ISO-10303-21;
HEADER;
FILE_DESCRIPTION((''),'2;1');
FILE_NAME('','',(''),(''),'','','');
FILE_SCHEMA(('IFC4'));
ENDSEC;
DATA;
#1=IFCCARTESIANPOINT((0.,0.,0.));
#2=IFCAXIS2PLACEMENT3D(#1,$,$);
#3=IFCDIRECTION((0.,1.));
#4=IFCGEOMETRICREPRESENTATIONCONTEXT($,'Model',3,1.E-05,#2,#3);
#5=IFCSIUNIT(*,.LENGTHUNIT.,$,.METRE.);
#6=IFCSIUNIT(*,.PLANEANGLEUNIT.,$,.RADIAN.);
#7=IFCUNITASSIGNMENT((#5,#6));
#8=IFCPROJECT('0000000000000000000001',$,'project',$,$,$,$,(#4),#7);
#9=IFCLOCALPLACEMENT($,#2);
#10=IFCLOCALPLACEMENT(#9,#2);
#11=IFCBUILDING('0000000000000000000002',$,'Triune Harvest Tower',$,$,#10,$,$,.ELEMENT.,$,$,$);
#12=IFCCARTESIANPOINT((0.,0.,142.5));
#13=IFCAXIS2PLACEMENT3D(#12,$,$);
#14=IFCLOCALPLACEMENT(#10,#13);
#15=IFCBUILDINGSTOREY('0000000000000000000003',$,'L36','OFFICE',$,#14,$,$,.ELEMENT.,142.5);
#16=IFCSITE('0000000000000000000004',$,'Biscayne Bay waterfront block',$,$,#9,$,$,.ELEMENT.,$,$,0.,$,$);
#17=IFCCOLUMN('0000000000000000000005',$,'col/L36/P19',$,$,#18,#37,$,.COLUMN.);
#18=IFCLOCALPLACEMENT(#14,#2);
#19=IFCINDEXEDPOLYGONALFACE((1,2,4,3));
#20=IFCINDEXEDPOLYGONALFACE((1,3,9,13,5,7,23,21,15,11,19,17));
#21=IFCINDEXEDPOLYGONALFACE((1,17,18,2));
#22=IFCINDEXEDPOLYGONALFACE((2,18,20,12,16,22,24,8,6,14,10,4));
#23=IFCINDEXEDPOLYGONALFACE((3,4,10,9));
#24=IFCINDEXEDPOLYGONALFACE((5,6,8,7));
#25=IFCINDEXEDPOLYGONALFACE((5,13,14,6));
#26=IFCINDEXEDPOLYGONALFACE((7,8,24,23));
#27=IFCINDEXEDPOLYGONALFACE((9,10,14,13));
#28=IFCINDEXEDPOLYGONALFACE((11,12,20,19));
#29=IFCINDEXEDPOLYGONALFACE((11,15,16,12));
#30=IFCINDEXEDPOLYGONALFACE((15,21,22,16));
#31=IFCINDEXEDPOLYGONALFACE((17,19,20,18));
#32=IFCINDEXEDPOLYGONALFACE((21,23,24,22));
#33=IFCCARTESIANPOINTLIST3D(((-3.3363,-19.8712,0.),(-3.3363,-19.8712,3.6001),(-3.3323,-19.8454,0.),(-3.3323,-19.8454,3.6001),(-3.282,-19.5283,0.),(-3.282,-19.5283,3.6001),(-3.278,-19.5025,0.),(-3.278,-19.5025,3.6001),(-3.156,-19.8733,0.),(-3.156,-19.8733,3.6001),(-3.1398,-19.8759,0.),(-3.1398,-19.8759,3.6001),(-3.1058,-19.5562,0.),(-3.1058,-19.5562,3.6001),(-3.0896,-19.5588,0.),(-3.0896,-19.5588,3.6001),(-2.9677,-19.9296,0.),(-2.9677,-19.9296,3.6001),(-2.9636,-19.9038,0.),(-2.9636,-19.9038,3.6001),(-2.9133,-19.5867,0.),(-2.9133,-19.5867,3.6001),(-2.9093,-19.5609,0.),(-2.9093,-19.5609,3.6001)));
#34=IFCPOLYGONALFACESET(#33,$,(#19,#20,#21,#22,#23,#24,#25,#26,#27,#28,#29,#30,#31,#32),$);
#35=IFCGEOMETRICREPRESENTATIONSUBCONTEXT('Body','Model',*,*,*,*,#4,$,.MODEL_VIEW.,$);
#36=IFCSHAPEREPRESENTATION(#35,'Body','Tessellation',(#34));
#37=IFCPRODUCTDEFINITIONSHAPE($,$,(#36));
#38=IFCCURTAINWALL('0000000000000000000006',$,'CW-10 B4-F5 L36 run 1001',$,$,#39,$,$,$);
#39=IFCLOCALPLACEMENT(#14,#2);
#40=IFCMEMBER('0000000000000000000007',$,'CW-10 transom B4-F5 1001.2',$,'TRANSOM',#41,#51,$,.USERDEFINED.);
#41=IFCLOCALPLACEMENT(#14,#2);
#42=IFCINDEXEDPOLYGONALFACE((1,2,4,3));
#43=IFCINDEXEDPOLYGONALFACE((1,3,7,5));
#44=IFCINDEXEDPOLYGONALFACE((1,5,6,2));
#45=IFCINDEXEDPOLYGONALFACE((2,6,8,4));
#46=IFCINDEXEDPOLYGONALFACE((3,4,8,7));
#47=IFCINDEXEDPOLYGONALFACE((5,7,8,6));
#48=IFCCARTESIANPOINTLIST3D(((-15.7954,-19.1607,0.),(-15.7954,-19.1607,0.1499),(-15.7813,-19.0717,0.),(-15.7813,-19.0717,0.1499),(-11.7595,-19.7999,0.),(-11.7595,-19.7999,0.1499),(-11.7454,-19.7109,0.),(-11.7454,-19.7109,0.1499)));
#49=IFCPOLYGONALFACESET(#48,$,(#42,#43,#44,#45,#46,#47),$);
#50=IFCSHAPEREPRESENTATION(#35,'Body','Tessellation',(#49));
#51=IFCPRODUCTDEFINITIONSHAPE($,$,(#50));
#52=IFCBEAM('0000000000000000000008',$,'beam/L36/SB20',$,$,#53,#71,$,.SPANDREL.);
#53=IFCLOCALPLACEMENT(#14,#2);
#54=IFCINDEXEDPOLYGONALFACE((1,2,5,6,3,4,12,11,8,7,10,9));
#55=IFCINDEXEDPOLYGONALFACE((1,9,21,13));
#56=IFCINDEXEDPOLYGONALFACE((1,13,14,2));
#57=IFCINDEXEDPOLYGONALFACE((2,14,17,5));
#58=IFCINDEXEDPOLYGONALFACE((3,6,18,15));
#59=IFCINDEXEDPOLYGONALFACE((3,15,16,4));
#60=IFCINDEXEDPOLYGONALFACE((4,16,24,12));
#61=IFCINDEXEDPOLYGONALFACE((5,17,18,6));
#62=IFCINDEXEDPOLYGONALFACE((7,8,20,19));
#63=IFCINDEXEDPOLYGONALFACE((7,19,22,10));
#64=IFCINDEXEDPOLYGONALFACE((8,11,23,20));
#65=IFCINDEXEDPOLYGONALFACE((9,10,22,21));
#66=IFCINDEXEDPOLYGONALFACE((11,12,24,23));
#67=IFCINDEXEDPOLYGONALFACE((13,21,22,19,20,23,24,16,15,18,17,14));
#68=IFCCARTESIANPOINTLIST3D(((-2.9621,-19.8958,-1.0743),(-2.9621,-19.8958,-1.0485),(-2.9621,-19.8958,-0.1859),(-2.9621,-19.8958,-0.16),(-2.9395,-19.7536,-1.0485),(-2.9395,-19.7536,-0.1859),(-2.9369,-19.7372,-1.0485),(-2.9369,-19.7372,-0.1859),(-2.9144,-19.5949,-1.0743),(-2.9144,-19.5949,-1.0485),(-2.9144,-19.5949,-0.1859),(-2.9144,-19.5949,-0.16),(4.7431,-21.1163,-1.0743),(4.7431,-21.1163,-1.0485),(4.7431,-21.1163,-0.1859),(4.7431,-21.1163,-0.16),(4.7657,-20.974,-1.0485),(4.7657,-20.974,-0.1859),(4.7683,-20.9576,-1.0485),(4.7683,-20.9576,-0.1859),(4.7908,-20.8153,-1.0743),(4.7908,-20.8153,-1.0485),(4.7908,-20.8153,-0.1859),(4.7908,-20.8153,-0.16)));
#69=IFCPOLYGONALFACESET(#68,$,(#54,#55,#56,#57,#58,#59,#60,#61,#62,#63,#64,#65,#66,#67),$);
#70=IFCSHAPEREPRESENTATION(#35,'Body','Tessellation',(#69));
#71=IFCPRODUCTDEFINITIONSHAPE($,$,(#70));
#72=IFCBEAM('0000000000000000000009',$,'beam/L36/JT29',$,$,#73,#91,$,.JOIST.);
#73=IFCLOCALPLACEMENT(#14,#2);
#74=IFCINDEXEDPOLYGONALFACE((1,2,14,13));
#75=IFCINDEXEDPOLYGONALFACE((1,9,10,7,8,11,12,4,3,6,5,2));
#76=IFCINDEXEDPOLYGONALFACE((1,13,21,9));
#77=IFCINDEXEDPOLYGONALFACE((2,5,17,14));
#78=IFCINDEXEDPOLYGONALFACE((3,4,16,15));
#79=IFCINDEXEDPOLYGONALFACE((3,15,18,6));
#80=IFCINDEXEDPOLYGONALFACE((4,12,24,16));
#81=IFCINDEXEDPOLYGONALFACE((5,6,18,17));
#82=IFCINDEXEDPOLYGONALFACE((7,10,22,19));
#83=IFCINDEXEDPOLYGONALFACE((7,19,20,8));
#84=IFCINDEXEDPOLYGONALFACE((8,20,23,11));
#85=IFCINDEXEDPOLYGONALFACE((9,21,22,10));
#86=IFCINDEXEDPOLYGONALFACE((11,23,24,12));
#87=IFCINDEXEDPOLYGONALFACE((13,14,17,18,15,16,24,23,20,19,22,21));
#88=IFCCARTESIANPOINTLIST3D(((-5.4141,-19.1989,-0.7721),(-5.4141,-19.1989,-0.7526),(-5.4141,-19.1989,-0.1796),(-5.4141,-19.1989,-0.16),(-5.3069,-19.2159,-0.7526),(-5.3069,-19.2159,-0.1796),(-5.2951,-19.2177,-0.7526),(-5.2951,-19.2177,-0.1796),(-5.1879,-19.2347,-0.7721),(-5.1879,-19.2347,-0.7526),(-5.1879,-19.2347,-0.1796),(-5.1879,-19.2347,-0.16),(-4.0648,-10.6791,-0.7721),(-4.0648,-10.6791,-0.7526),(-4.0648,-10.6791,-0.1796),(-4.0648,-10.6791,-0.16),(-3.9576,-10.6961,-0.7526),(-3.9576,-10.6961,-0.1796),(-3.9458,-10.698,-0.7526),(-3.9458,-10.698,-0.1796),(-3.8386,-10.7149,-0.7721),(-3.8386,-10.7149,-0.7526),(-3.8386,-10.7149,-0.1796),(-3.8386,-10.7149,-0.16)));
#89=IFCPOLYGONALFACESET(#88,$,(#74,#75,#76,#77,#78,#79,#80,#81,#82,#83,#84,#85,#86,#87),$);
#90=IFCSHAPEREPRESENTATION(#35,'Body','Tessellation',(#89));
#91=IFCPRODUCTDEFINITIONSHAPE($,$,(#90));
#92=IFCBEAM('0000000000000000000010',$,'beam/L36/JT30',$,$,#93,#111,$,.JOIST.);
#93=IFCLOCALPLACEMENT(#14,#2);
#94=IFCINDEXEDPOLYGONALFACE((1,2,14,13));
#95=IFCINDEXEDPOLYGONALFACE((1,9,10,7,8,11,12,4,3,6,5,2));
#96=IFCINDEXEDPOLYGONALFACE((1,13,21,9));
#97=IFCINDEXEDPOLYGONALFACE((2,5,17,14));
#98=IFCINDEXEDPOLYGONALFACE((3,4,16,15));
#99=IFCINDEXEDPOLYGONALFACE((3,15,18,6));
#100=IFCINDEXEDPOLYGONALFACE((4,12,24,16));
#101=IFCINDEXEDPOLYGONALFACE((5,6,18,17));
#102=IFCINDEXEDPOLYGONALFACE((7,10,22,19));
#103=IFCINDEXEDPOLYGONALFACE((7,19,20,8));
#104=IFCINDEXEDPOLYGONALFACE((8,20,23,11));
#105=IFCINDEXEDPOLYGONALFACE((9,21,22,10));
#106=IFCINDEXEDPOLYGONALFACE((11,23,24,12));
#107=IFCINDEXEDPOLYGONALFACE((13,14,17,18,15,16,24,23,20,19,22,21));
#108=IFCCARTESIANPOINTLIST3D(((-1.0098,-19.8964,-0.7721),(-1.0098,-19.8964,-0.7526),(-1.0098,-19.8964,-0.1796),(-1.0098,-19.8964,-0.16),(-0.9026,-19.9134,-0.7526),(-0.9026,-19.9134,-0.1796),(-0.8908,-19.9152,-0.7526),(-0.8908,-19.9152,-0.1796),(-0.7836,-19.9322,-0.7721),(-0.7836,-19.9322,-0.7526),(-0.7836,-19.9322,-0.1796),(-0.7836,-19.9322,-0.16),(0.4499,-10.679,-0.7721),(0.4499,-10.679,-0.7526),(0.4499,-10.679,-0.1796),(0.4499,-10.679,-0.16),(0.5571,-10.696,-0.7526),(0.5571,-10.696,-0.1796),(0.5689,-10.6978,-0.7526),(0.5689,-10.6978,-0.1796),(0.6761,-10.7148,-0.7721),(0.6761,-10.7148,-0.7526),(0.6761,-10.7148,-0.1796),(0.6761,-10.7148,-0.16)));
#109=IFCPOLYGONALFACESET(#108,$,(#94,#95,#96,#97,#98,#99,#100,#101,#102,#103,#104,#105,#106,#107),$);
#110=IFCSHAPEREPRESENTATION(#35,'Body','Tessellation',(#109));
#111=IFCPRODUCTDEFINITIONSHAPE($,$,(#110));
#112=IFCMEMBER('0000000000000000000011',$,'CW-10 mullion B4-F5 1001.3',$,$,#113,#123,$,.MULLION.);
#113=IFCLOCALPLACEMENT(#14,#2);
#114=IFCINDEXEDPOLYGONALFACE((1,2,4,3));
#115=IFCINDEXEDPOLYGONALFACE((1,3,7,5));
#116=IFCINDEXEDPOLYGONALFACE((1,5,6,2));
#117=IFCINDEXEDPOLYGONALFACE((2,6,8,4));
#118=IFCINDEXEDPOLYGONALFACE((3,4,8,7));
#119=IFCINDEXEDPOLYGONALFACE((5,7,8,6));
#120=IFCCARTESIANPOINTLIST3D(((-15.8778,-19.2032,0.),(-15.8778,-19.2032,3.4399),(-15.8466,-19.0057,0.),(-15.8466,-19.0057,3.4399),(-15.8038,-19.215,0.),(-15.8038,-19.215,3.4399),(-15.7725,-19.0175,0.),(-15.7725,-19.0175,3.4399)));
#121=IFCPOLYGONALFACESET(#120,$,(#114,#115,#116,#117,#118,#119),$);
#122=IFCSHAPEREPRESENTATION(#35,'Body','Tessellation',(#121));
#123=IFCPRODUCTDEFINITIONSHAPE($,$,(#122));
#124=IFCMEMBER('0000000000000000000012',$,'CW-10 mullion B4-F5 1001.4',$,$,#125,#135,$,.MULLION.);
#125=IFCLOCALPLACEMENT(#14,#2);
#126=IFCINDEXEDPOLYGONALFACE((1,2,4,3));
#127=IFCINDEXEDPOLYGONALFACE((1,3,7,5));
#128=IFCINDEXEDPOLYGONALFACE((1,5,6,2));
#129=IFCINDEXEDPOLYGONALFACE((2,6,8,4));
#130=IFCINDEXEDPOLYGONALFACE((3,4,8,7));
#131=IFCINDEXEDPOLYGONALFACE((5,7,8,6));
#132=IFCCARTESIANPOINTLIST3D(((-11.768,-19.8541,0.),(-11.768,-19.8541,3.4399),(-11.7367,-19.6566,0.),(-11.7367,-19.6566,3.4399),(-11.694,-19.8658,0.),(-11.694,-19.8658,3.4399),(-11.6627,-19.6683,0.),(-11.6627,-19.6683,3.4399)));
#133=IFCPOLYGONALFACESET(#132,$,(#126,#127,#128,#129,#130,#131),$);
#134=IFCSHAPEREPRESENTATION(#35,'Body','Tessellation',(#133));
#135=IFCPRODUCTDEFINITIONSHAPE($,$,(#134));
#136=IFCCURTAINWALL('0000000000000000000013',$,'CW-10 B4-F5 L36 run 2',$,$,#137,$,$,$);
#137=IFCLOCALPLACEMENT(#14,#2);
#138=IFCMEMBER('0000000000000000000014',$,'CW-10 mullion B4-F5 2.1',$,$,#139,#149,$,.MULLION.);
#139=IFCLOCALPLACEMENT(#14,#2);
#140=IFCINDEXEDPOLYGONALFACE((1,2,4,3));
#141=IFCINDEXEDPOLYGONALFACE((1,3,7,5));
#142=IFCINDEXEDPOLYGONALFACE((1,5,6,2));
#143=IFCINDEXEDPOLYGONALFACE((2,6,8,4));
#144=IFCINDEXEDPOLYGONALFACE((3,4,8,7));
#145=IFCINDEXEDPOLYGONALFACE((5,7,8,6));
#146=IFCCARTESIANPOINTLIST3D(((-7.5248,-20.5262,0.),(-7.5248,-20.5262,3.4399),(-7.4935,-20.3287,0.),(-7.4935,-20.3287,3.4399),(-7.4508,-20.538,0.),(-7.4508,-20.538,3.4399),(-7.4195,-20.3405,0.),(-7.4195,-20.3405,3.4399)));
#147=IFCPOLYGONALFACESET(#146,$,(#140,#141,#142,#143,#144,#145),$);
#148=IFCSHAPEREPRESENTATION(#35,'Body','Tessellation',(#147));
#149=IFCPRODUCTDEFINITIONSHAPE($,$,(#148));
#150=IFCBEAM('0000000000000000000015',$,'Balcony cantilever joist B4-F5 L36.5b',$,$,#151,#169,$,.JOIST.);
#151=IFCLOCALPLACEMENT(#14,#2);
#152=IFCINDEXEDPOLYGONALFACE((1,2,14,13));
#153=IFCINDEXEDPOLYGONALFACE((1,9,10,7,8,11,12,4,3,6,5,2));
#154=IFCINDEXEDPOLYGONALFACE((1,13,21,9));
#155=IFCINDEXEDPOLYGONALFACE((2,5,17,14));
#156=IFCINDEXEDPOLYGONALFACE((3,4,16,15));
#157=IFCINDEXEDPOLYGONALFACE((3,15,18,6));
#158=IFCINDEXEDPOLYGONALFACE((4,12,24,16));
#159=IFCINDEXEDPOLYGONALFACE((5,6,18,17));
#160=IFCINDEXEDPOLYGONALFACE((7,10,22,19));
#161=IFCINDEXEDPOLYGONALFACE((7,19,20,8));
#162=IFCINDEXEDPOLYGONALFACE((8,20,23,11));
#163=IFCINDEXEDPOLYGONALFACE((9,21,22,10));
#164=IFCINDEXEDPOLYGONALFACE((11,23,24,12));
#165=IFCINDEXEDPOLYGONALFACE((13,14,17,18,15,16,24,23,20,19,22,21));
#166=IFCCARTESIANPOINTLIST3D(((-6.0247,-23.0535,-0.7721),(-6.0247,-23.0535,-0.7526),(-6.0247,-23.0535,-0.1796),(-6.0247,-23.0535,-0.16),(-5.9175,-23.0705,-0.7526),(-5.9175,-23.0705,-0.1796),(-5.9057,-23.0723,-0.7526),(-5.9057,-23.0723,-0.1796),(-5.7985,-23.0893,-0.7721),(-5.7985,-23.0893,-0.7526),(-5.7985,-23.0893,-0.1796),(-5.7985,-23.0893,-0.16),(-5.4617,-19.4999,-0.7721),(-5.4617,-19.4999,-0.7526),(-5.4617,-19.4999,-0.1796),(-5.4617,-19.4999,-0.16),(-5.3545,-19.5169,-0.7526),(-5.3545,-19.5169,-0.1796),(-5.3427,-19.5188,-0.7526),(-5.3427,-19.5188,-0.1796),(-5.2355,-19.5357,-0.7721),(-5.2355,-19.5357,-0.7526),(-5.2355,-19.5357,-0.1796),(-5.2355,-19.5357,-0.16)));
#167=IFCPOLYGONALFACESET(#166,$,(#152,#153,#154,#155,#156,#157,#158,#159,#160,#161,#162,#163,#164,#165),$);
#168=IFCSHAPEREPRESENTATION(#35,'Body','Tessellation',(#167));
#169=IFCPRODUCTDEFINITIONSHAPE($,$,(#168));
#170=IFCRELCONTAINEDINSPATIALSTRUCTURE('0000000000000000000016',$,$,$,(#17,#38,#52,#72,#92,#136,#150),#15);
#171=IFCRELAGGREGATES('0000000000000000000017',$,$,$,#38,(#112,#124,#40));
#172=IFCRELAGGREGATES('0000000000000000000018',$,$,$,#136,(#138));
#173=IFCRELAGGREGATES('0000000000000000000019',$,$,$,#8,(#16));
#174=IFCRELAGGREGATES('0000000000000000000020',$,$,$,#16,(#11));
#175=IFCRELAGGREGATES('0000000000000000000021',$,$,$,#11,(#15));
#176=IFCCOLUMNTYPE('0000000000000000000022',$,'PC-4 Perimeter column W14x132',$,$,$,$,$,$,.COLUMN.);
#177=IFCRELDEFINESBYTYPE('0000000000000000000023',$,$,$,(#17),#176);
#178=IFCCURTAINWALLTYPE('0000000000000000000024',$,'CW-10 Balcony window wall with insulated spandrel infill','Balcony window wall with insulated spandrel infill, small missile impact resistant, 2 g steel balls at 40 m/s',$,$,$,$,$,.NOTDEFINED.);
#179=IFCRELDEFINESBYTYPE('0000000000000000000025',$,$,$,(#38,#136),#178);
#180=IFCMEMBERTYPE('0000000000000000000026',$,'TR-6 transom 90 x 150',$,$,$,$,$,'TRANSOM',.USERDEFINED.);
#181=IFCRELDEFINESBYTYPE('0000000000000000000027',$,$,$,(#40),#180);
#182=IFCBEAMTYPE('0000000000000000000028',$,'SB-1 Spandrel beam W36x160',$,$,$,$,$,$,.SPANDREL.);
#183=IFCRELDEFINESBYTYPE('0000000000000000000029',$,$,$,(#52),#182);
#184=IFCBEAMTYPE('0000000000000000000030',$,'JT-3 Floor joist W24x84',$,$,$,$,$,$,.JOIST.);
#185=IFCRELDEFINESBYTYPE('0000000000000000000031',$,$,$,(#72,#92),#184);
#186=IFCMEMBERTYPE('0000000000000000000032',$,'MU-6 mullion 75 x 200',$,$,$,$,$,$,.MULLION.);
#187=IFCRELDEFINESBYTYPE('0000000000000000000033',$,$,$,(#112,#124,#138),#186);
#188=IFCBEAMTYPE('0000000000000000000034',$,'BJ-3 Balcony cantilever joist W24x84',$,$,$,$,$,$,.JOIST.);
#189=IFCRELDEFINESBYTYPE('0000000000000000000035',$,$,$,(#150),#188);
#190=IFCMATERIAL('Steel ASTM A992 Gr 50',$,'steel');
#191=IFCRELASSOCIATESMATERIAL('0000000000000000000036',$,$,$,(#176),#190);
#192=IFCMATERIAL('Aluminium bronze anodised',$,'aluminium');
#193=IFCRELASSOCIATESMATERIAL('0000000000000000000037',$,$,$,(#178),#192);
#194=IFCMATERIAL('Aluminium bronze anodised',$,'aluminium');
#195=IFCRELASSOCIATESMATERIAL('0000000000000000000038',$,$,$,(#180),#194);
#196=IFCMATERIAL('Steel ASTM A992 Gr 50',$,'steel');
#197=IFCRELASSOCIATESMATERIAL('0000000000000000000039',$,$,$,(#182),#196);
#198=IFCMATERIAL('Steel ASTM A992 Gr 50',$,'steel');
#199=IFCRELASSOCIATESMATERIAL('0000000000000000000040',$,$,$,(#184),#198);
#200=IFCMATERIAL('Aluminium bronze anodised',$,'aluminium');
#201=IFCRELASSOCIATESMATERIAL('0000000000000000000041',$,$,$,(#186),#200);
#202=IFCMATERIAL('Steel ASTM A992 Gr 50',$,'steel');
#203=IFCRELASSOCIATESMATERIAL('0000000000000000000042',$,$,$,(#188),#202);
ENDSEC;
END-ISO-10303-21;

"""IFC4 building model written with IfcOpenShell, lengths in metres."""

from ifc_helpers import new_model, si_unit, direction, frame, origin, origin_2d, place, context, subcontext, project, spatial, rectangle, i_section, extrude, source, transform, mapped, material, material_profile, profile_set, type_object, element, aggregate, save


model = new_model("IFC4")

# Units and contexts
model_context = context("Model", 3, precision=1e-05, world=origin(), true_north=direction((0.0, 1.0)))
body_context = subcontext(model_context, "Body", "Model", "MODEL_VIEW")
ifc_project = project(units=[si_unit("LENGTHUNIT", "METRE"), si_unit("PLANEANGLEUNIT", "RADIAN")], contexts=[model_context])

# Site, building, storey
site_placement = place(None, origin())
site = spatial("IfcSite", under=ifc_project, at=site_placement, Name="Biscayne Bay waterfront block", CompositionType="ELEMENT", RefElevation=0.0)
building_placement = place(site_placement, origin())
building = spatial("IfcBuilding", under=site, at=building_placement, Name="Triune Harvest Tower", CompositionType="ELEMENT")
storey_placement = place(building_placement, frame((0.0, 0.0, 142.5)))
storey = spatial("IfcBuildingStorey", under=building, at=storey_placement, Name="L36", Description="OFFICE", CompositionType="ELEMENT", Elevation=142.5)

# Column
ifc_material_1 = material(Name="Steel ASTM A992 Gr 50", Category="steel")
ifc_material_profile_1 = material_profile(ifc_material_1, i_section(OverallWidth=0.3733, OverallDepth=0.3733, WebThickness=0.0164, FlangeThickness=0.0261, at=origin_2d()), Name="W14x132")
ifc_profile_set_1 = profile_set([ifc_material_profile_1], Name="Steel ASTM A992 Gr 50")
column_type = type_object("IfcColumnType", Name="PC-4 Perimeter column W14x132", PredefinedType="COLUMN", material=ifc_profile_set_1)
shared_shape_1 = source(origin(), body_context, "Body", "SweptSolid", [
    extrude(i_section(OverallWidth=0.3733, OverallDepth=0.3733, WebThickness=0.0164, FlangeThickness=0.0261, at=origin_2d()), origin(), (0.0, 0.0, 1.0), 3.6001),
])
column_placement = place(storey_placement, frame((-3.1228, -19.7161, 0.0), z_axis=(0.0, 0.0, 1.0), x_axis=(0.987688, -0.156434, 0.0)))
element("IfcColumn", 1, at=column_placement, inside=storey, type_object=column_type, Name="col/L36/P19", PredefinedType="COLUMN", context=body_context, shape_type="MappedRepresentation", body=[
    mapped(shared_shape_1, transform((0.0, 0.0, 0.0), scale=1.0)),
])

# Curtain wall, member
ifc_material_2 = material(Name="Aluminium bronze anodised", Category="aluminium")
curtain_wall_type = type_object("IfcCurtainWallType", Name="CW-10 Balcony window wall with insulated spandrel infill", Description="Balcony window wall with insulated spandrel infill, small missile impact resistant, 2 g steel balls at 40 m/s", PredefinedType="NOTDEFINED", material=ifc_material_2)
curtain_wall_1_placement = place(storey_placement, origin())
curtain_wall_1 = element("IfcCurtainWall", 2, at=curtain_wall_1_placement, inside=storey, type_object=curtain_wall_type, Name="CW-10 B4-F5 L36 run 1001")
ifc_material_3 = material(Name="Aluminium bronze anodised", Category="aluminium")
ifc_material_profile_2 = material_profile(ifc_material_3, rectangle(XDim=0.0901, YDim=0.1499, at=origin_2d()), Name="TR-6 transom 90 x 150")
ifc_profile_set_2 = profile_set([ifc_material_profile_2], Name="Aluminium bronze anodised")
member_type_1 = type_object("IfcMemberType", Name="TR-6 transom 90 x 150", ElementType="TRANSOM", PredefinedType="USERDEFINED", material=ifc_profile_set_2)
member_1_placement = place(storey_placement, frame((-15.7883, -19.1162, 0.075), z_axis=(0.987691, -0.15642, 0.0), x_axis=(0.15642, 0.987691, 0.0)))
member_1 = element("IfcMember", 3, at=member_1_placement, type_object=member_type_1, Name="CW-10 transom B4-F5 1001.2", ObjectType="TRANSOM", PredefinedType="USERDEFINED", context=body_context, shape_type="SweptSolid", body=[
    extrude(rectangle(XDim=0.0901, YDim=0.1499, at=origin_2d()), origin(), (0.0, 0.0, 1.0), 4.0862),
])

# Beams
ifc_material_4 = material(Name="Steel ASTM A992 Gr 50", Category="steel")
ifc_material_profile_3 = material_profile(ifc_material_4, i_section(OverallWidth=0.3047, OverallDepth=0.9143, WebThickness=0.0166, FlangeThickness=0.0259, at=origin_2d()), Name="W36x160")
ifc_profile_set_3 = profile_set([ifc_material_profile_3], Name="Steel ASTM A992 Gr 50")
beam_type_1 = type_object("IfcBeamType", Name="SB-1 Spandrel beam W36x160", PredefinedType="SPANDREL", material=ifc_profile_set_3)
shared_shape_2 = source(origin(), body_context, "Body", "SweptSolid", [
    extrude(i_section(OverallWidth=0.3047, OverallDepth=0.9143, WebThickness=0.0166, FlangeThickness=0.0259, at=origin_2d()), origin(), (0.0, 0.0, 1.0), 7.8013),
])
beam_1_placement = place(storey_placement, frame((-2.9382, -19.7454, -0.6172), z_axis=(0.987687, -0.156441, 0.0), x_axis=(0.156441, 0.987687, 0.0)))
element("IfcBeam", 4, at=beam_1_placement, inside=storey, type_object=beam_type_1, Name="beam/L36/SB20", PredefinedType="SPANDREL", context=body_context, shape_type="MappedRepresentation", body=[
    mapped(shared_shape_2, transform((0.0, 0.0, 0.0), scale=1.0)),
])
ifc_material_5 = material(Name="Steel ASTM A992 Gr 50", Category="steel")
ifc_material_profile_4 = material_profile(ifc_material_5, i_section(OverallWidth=0.229, OverallDepth=0.6121, WebThickness=0.012, FlangeThickness=0.0195, at=origin_2d()), Name="W24x84")
ifc_profile_set_4 = profile_set([ifc_material_profile_4], Name="Steel ASTM A992 Gr 50")
beam_type_2 = type_object("IfcBeamType", Name="JT-3 Floor joist W24x84", PredefinedType="JOIST", material=ifc_profile_set_4)
shared_shape_3 = source(origin(), body_context, "Body", "SweptSolid", [
    extrude(i_section(OverallWidth=0.229, OverallDepth=0.6121, WebThickness=0.012, FlangeThickness=0.0195, at=origin_2d()), origin(), (0.0, 0.0, 1.0), 8.626),
])
beam_2_placement = place(storey_placement, frame((-5.301, -19.2168, -0.4661), z_axis=(0.156431, 0.987689, 0.0), x_axis=(-0.987689, 0.156431, 0.0)))
element("IfcBeam", 5, at=beam_2_placement, inside=storey, type_object=beam_type_2, Name="beam/L36/JT29", PredefinedType="JOIST", context=body_context, shape_type="MappedRepresentation", body=[
    mapped(shared_shape_3, transform((0.0, 0.0, 0.0), scale=1.0)),
])
shared_shape_4 = source(origin(), body_context, "Body", "SweptSolid", [
    extrude(i_section(OverallWidth=0.229, OverallDepth=0.6121, WebThickness=0.012, FlangeThickness=0.0195, at=origin_2d()), origin(), (0.0, 0.0, 1.0), 9.3323),
])
beam_3_placement = place(storey_placement, frame((-0.8967, -19.9143, -0.4661), z_axis=(0.156418, 0.987691, 0.0), x_axis=(-0.987691, 0.156418, 0.0)))
element("IfcBeam", 6, at=beam_3_placement, inside=storey, type_object=beam_type_2, Name="beam/L36/JT30", PredefinedType="JOIST", context=body_context, shape_type="MappedRepresentation", body=[
    mapped(shared_shape_4, transform((0.0, 0.0, 0.0), scale=1.0)),
])

# Members
ifc_material_6 = material(Name="Aluminium bronze anodised", Category="aluminium")
ifc_material_profile_5 = material_profile(ifc_material_6, rectangle(XDim=0.2, YDim=0.075, at=origin_2d()), Name="MU-6 mullion 75 x 200")
ifc_profile_set_5 = profile_set([ifc_material_profile_5], Name="Aluminium bronze anodised")
member_type_2 = type_object("IfcMemberType", Name="MU-6 mullion 75 x 200", PredefinedType="MULLION", material=ifc_profile_set_5)
shared_shape_5 = source(origin(), body_context, "Body", "SweptSolid", [
    extrude(rectangle(XDim=0.2, YDim=0.075, at=origin_2d()), origin(), (0.0, 0.0, 1.0), 3.4399),
])
member_2_placement = place(storey_placement, frame((-15.8252, -19.1104, 0.0), z_axis=(0.0, 0.0, 1.0), x_axis=(0.156434, 0.987688, 0.0)))
member_2 = element("IfcMember", 7, at=member_2_placement, type_object=member_type_2, Name="CW-10 mullion B4-F5 1001.3", PredefinedType="MULLION", context=body_context, shape_type="MappedRepresentation", body=[
    mapped(shared_shape_5, transform((0.0, 0.0, 0.0), scale=1.0)),
])
member_3_placement = place(storey_placement, frame((-11.7153, -19.7612, 0.0), z_axis=(0.0, 0.0, 1.0), x_axis=(0.156434, 0.987688, 0.0)))
member_3 = element("IfcMember", 8, at=member_3_placement, type_object=member_type_2, Name="CW-10 mullion B4-F5 1001.4", PredefinedType="MULLION", context=body_context, shape_type="MappedRepresentation", body=[
    mapped(shared_shape_5, transform((0.0, 0.0, 0.0), scale=1.0)),
])

# Curtain wall, member
curtain_wall_2_placement = place(storey_placement, origin())
curtain_wall_2 = element("IfcCurtainWall", 9, at=curtain_wall_2_placement, inside=storey, type_object=curtain_wall_type, Name="CW-10 B4-F5 L36 run 2")
member_4_placement = place(storey_placement, frame((-7.4722, -20.4333, 0.0), z_axis=(0.0, 0.0, 1.0), x_axis=(0.156435, 0.987688, 0.0)))
member_4 = element("IfcMember", 10, at=member_4_placement, type_object=member_type_2, Name="CW-10 mullion B4-F5 2.1", PredefinedType="MULLION", context=body_context, shape_type="MappedRepresentation", body=[
    mapped(shared_shape_5, transform((0.0, 0.0, 0.0), scale=1.0)),
])

# Beam
ifc_material_7 = material(Name="Steel ASTM A992 Gr 50", Category="steel")
ifc_material_profile_6 = material_profile(ifc_material_7, i_section(OverallWidth=0.229, OverallDepth=0.6121, WebThickness=0.012, FlangeThickness=0.0195, at=origin_2d()), Name="W24x84")
ifc_profile_set_6 = profile_set([ifc_material_profile_6], Name="Steel ASTM A992 Gr 50")
beam_type_3 = type_object("IfcBeamType", Name="BJ-3 Balcony cantilever joist W24x84", PredefinedType="JOIST", material=ifc_profile_set_6)
shared_shape_6 = source(origin(), body_context, "Body", "SweptSolid", [
    extrude(i_section(OverallWidth=0.229, OverallDepth=0.6121, WebThickness=0.012, FlangeThickness=0.0195, at=origin_2d()), origin(), (0.0, 0.0, 1.0), 3.5979),
])
beam_4_placement = place(storey_placement, frame((-5.3486, -19.5178, -0.4661), z_axis=(-0.156482, -0.987681, 0.0), x_axis=(0.987681, -0.156482, 0.0)))
element("IfcBeam", 11, at=beam_4_placement, inside=storey, type_object=beam_type_3, Name="Balcony cantilever joist B4-F5 L36.5b", PredefinedType="JOIST", context=body_context, shape_type="MappedRepresentation", body=[
    mapped(shared_shape_6, transform((0.0, 0.0, 0.0), scale=1.0)),
])

aggregate(curtain_wall_1, [member_2, member_3, member_1])
aggregate(curtain_wall_2, [member_4])

save(model, "model.ifc")
